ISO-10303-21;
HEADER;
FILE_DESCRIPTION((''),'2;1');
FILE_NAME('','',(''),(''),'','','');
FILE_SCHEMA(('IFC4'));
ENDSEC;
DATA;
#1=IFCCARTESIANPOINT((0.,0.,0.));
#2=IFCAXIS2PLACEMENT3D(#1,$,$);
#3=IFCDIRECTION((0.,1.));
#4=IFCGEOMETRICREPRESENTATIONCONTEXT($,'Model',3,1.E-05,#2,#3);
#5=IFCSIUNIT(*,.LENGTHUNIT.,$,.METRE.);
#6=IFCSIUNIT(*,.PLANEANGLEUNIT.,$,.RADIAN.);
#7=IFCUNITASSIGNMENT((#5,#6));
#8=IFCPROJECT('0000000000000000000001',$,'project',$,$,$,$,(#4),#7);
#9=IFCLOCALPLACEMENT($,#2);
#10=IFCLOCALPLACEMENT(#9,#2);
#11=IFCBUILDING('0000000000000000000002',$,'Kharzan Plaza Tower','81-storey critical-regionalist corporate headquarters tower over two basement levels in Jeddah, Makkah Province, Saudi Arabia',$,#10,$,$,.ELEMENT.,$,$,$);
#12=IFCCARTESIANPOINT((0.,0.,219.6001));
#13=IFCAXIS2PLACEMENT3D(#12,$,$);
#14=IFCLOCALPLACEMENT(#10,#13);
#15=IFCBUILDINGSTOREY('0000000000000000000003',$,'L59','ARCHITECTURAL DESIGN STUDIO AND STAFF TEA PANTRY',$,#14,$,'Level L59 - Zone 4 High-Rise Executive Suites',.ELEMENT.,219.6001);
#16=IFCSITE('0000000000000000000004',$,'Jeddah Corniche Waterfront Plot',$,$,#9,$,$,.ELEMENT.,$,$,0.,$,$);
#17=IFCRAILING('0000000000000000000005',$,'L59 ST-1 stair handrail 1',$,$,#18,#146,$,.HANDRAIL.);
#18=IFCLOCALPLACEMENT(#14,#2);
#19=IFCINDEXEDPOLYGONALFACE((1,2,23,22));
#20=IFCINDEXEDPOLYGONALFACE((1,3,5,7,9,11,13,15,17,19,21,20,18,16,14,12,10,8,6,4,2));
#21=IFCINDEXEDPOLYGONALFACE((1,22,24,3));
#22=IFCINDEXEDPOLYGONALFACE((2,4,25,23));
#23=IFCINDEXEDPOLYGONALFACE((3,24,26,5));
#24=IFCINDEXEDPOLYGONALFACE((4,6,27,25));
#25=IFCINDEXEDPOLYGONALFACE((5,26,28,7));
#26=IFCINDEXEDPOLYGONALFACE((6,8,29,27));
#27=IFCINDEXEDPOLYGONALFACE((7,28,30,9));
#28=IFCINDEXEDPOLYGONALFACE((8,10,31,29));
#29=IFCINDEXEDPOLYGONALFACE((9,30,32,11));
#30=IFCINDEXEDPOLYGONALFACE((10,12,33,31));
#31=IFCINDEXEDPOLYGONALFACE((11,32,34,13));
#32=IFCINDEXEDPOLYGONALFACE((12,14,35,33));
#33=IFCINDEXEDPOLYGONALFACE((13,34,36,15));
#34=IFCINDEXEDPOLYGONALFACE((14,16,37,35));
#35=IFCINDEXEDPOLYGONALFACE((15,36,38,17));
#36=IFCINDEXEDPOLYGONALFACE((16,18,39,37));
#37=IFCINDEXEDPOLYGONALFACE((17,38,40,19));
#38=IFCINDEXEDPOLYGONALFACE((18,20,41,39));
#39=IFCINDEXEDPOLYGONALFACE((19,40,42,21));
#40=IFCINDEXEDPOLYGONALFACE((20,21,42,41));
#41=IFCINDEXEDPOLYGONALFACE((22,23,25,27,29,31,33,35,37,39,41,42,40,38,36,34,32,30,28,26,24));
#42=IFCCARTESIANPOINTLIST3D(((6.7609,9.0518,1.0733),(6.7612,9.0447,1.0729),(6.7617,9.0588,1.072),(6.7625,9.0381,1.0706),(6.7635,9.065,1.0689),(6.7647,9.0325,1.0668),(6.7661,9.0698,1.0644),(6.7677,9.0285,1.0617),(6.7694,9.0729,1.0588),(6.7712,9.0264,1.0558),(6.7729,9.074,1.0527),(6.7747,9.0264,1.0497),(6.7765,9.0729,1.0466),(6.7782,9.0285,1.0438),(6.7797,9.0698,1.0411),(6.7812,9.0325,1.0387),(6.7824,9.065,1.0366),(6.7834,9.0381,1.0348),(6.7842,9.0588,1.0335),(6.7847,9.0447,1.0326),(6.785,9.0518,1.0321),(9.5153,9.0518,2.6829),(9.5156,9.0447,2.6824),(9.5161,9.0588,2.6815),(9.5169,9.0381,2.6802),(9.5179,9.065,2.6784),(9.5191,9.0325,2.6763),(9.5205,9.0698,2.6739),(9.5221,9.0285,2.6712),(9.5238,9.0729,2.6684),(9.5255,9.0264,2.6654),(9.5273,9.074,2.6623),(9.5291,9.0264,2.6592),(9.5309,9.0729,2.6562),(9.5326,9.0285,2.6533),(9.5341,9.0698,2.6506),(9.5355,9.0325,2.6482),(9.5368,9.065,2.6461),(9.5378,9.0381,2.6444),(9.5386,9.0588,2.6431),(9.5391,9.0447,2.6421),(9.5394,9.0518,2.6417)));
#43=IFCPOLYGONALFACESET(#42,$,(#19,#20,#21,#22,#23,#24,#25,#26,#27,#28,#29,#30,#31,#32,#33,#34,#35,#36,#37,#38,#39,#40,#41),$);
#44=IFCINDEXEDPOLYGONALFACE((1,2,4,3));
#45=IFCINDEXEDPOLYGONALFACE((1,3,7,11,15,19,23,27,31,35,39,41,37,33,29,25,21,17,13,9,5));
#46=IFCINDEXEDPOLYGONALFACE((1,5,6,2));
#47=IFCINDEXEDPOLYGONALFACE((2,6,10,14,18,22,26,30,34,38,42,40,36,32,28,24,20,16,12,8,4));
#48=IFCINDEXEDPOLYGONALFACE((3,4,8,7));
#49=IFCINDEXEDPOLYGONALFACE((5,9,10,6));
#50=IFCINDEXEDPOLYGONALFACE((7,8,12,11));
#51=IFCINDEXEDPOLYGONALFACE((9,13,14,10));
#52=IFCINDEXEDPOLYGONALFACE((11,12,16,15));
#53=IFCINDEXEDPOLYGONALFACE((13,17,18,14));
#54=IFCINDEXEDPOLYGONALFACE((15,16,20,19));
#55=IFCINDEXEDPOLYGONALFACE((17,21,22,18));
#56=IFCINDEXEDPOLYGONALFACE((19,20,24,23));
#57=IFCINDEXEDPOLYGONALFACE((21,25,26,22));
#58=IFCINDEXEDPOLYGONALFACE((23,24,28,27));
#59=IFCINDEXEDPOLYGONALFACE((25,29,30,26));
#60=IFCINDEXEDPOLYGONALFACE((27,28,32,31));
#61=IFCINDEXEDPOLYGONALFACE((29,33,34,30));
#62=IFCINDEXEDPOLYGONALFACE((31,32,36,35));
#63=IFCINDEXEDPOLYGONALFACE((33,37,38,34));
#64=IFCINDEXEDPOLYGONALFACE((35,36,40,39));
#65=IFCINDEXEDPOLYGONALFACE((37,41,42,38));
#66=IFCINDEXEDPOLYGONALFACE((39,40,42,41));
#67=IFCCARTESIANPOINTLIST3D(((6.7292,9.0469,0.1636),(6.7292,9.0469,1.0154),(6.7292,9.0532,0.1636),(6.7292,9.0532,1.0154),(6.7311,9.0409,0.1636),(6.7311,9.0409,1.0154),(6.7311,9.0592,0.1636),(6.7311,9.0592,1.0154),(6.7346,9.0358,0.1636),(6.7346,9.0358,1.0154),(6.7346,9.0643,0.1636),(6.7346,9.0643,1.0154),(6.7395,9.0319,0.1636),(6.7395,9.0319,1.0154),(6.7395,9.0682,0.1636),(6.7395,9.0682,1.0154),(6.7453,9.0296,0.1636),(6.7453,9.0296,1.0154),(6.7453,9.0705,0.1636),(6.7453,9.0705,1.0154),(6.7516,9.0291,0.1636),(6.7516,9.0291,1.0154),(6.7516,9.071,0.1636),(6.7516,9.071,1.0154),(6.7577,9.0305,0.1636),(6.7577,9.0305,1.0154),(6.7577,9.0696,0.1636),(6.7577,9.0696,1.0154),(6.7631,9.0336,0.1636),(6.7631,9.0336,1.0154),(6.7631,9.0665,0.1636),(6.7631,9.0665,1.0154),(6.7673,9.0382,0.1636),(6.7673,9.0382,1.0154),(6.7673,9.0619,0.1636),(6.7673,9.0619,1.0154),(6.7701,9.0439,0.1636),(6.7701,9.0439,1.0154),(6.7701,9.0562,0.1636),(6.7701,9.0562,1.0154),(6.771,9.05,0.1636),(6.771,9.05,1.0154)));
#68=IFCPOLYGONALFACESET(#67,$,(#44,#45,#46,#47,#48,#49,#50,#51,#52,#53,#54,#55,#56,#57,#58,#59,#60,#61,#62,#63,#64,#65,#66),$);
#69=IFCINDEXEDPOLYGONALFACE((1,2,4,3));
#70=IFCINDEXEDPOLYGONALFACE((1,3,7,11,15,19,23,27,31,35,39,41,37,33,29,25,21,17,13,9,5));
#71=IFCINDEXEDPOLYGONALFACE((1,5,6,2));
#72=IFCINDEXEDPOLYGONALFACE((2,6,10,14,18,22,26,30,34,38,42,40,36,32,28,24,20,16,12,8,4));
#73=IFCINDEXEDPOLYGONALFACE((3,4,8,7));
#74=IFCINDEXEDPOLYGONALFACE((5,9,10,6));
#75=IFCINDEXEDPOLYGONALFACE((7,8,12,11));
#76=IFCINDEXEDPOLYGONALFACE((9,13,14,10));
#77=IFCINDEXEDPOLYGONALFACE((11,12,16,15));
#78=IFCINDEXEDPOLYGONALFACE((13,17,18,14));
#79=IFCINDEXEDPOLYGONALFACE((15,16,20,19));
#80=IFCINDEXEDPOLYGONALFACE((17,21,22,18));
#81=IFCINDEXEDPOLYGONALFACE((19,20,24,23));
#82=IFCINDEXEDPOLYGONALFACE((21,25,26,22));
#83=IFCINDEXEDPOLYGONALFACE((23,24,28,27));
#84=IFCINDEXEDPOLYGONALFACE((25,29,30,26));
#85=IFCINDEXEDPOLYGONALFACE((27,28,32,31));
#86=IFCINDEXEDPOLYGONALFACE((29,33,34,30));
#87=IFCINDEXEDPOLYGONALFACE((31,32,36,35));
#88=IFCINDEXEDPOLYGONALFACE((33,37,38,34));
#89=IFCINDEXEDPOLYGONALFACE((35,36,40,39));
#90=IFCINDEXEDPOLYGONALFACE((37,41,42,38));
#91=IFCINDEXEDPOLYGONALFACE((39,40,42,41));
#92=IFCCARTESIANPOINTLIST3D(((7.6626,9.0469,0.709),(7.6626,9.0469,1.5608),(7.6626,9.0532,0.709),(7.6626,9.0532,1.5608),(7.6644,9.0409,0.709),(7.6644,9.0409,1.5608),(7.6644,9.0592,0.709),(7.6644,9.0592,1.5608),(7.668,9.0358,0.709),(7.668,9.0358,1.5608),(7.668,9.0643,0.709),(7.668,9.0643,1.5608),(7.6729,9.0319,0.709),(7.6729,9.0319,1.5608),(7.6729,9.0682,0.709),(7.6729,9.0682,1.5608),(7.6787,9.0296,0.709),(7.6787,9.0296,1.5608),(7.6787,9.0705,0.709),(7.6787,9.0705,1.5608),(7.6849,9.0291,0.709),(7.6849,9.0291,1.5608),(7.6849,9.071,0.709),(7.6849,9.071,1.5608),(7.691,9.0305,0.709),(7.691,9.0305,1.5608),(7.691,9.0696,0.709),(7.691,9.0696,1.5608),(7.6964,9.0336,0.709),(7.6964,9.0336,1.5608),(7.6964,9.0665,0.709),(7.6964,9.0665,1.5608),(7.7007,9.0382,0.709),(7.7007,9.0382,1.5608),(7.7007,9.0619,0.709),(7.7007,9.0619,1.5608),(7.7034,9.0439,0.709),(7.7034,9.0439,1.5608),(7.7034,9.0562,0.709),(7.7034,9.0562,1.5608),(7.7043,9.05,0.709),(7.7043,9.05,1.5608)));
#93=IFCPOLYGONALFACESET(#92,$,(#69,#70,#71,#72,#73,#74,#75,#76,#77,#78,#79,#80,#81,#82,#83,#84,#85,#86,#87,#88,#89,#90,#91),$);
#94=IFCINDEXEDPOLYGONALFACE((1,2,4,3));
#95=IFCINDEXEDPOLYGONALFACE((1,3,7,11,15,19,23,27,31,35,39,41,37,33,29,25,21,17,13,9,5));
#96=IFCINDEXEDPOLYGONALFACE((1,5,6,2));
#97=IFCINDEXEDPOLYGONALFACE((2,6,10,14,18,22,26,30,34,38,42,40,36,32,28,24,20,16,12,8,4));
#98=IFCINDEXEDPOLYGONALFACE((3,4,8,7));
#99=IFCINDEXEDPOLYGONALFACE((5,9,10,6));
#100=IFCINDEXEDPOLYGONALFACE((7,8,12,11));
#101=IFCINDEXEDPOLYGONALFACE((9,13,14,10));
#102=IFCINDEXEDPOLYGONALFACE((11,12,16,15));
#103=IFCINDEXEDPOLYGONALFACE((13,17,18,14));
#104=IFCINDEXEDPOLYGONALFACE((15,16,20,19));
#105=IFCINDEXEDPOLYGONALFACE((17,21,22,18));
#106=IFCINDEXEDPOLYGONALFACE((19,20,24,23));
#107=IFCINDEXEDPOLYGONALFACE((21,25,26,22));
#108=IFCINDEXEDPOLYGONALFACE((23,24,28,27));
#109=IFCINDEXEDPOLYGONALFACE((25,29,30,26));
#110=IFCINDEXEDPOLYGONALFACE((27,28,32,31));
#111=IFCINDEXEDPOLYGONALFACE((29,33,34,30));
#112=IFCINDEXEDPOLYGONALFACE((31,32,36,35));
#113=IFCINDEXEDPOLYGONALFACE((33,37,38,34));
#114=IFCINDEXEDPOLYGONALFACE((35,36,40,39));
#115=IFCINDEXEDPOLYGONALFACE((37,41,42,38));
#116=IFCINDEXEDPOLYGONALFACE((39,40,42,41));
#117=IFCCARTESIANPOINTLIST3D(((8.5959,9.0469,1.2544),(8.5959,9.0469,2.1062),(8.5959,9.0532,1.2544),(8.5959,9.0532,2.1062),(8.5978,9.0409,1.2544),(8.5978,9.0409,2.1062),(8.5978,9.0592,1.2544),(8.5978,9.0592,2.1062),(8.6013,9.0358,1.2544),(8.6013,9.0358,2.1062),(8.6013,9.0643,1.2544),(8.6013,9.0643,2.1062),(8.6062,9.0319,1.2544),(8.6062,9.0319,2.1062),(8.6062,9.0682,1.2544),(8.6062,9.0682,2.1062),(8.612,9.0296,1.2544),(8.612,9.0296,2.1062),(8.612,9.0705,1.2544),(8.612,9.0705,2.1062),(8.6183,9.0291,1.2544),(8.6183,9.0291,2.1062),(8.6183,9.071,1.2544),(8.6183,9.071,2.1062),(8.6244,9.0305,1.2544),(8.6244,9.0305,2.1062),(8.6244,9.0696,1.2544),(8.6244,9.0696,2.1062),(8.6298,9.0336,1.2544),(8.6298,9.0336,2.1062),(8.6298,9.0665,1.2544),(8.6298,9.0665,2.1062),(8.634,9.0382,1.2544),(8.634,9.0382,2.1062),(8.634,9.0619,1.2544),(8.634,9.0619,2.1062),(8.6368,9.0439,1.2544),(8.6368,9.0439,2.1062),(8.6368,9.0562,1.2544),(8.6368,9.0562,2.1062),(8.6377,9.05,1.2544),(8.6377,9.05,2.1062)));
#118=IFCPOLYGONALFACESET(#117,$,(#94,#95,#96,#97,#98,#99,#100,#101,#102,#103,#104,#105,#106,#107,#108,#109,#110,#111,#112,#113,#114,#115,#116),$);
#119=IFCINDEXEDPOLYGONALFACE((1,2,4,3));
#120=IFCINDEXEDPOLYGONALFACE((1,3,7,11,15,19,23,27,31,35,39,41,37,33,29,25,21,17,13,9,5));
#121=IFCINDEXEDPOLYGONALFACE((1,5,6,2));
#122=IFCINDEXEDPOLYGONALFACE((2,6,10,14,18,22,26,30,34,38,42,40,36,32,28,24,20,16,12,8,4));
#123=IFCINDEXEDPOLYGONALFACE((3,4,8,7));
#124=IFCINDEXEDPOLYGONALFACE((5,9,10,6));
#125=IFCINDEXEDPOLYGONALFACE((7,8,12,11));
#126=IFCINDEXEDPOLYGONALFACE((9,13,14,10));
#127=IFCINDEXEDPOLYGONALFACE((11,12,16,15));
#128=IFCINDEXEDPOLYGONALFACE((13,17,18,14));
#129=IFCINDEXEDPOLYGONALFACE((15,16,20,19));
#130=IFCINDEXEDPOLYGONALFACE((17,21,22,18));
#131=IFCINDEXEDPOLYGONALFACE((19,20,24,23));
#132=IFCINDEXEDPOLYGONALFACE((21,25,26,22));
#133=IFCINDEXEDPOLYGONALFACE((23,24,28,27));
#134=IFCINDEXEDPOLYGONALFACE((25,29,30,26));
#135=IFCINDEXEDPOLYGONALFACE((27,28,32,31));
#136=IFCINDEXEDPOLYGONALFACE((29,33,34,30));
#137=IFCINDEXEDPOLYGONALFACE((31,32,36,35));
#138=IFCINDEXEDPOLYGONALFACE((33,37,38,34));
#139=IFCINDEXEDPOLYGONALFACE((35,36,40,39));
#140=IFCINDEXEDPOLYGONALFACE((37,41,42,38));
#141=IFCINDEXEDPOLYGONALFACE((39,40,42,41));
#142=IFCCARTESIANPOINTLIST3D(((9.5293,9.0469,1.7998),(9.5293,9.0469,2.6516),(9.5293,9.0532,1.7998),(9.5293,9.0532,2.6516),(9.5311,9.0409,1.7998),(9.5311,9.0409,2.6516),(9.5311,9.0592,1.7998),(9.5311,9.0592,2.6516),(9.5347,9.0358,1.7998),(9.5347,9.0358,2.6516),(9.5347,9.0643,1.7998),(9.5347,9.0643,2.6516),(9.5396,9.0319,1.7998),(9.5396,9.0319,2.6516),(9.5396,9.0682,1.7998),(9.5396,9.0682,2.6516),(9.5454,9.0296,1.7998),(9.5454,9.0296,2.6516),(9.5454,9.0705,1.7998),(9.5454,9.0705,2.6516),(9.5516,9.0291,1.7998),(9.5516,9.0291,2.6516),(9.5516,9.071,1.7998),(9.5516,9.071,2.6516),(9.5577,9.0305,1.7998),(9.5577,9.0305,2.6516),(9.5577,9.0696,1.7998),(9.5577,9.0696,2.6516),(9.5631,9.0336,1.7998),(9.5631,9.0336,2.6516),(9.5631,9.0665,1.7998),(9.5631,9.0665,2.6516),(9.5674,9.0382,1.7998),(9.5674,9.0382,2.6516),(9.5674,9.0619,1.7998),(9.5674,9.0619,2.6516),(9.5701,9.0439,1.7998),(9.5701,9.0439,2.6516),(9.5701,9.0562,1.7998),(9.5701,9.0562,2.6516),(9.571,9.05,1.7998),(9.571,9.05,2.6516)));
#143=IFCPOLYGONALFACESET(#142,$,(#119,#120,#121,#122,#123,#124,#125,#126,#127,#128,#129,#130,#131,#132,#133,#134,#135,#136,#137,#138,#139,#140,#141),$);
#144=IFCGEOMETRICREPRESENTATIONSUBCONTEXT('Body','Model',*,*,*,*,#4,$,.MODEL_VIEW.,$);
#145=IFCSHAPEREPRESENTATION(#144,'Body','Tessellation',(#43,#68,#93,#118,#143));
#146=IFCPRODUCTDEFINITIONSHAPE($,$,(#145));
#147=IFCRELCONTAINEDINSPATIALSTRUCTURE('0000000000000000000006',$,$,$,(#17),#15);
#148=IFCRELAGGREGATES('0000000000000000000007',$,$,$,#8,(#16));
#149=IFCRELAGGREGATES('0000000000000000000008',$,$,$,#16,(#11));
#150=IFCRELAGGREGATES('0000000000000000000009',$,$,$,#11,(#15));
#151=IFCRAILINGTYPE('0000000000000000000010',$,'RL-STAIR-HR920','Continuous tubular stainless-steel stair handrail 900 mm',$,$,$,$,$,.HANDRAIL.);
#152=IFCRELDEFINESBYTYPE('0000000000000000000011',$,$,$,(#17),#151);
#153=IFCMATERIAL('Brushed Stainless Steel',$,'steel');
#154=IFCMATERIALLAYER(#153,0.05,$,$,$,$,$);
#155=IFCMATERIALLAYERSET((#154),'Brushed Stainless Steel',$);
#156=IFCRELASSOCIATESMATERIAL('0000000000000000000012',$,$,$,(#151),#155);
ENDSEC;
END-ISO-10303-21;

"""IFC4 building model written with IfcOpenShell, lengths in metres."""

from ifc_helpers import new_model, si_unit, direction, frame, origin, origin_2d, place, context, subcontext, project, spatial, circle, extrude, source, transform, mapped, material, layer, layer_set, type_object, element, save


model = new_model("IFC4")

# Units and contexts
model_context = context("Model", 3, precision=1e-05, world=origin(), true_north=direction((0.0, 1.0)))
body_context = subcontext(model_context, "Body", "Model", "MODEL_VIEW")
ifc_project = project(units=[si_unit("LENGTHUNIT", "METRE"), si_unit("PLANEANGLEUNIT", "RADIAN")], contexts=[model_context])

# Site, building, storey
site_placement = place(None, origin())
site = spatial("IfcSite", under=ifc_project, at=site_placement, Name="Jeddah Corniche Waterfront Plot", CompositionType="ELEMENT", RefElevation=0.0)
building_placement = place(site_placement, origin())
building = spatial("IfcBuilding", under=site, at=building_placement, Name="Kharzan Plaza Tower", Description="81-storey critical-regionalist corporate headquarters tower over two basement levels in Jeddah, Makkah Province, Saudi Arabia", CompositionType="ELEMENT")
storey_placement = place(building_placement, frame((0.0, 0.0, 219.6001)))
storey = spatial("IfcBuildingStorey", under=building, at=storey_placement, Name="L59", Description="ARCHITECTURAL DESIGN STUDIO AND STAFF TEA PANTRY", LongName="Level L59 - Zone 4 High-Rise Executive Suites", CompositionType="ELEMENT", Elevation=219.6001)

# Shared definitions
ifc_material_1 = material(Name="Brushed Stainless Steel", Category="steel")

# Railing
ifc_layer_1 = layer(ifc_material_1, 0.05)
ifc_layer_set_1 = layer_set([ifc_layer_1], Name="Brushed Stainless Steel")
railing_type_1 = type_object("IfcRailingType", Name="RL-STAIR-HR920", Description="Continuous tubular stainless-steel stair handrail 900 mm", PredefinedType="HANDRAIL", material=ifc_layer_set_1)
shared_shape_1 = source(origin(), body_context, "Body", "SweptSolid", [
    extrude(circle(Radius=0.0239, at=origin_2d()), frame((0.0229, 0.0, 0.8892), z_axis=(0.863394, 0.0, 0.504531), x_axis=(0.0, 1.0, 0.0)), (0.0, 0.0, 1.0), 3.1902),
    extrude(circle(Radius=0.021, at=origin_2d()), origin(), (0.0, 0.0, 1.0), 0.8518),
    extrude(circle(Radius=0.021, at=origin_2d()), frame((0.9333, 0.0, 0.5454)), (0.0, 0.0, 1.0), 0.8518),
    extrude(circle(Radius=0.021, at=origin_2d()), frame((1.8667, 0.0, 1.0908)), (0.0, 0.0, 1.0), 0.8518),
    extrude(circle(Radius=0.021, at=origin_2d()), frame((2.8, 0.0, 1.6362)), (0.0, 0.0, 1.0), 0.8518),
])
railing_1_placement = place(storey_placement, frame((6.75, 9.05, 0.1636)))
element("IfcRailing", 1, at=railing_1_placement, inside=storey, type_object=railing_type_1, Name="L59 ST-1 stair handrail 1", PredefinedType="HANDRAIL", context=body_context, shape_type="MappedRepresentation", body=[
    mapped(shared_shape_1, transform((0.0, 0.0, 0.0), x_axis=(1.0, 0.0, 0.0), y_axis=(0.0, 1.0, 0.0), z_axis=(0.0, 0.0, 1.0))),
])

save(model, "model.ifc")
